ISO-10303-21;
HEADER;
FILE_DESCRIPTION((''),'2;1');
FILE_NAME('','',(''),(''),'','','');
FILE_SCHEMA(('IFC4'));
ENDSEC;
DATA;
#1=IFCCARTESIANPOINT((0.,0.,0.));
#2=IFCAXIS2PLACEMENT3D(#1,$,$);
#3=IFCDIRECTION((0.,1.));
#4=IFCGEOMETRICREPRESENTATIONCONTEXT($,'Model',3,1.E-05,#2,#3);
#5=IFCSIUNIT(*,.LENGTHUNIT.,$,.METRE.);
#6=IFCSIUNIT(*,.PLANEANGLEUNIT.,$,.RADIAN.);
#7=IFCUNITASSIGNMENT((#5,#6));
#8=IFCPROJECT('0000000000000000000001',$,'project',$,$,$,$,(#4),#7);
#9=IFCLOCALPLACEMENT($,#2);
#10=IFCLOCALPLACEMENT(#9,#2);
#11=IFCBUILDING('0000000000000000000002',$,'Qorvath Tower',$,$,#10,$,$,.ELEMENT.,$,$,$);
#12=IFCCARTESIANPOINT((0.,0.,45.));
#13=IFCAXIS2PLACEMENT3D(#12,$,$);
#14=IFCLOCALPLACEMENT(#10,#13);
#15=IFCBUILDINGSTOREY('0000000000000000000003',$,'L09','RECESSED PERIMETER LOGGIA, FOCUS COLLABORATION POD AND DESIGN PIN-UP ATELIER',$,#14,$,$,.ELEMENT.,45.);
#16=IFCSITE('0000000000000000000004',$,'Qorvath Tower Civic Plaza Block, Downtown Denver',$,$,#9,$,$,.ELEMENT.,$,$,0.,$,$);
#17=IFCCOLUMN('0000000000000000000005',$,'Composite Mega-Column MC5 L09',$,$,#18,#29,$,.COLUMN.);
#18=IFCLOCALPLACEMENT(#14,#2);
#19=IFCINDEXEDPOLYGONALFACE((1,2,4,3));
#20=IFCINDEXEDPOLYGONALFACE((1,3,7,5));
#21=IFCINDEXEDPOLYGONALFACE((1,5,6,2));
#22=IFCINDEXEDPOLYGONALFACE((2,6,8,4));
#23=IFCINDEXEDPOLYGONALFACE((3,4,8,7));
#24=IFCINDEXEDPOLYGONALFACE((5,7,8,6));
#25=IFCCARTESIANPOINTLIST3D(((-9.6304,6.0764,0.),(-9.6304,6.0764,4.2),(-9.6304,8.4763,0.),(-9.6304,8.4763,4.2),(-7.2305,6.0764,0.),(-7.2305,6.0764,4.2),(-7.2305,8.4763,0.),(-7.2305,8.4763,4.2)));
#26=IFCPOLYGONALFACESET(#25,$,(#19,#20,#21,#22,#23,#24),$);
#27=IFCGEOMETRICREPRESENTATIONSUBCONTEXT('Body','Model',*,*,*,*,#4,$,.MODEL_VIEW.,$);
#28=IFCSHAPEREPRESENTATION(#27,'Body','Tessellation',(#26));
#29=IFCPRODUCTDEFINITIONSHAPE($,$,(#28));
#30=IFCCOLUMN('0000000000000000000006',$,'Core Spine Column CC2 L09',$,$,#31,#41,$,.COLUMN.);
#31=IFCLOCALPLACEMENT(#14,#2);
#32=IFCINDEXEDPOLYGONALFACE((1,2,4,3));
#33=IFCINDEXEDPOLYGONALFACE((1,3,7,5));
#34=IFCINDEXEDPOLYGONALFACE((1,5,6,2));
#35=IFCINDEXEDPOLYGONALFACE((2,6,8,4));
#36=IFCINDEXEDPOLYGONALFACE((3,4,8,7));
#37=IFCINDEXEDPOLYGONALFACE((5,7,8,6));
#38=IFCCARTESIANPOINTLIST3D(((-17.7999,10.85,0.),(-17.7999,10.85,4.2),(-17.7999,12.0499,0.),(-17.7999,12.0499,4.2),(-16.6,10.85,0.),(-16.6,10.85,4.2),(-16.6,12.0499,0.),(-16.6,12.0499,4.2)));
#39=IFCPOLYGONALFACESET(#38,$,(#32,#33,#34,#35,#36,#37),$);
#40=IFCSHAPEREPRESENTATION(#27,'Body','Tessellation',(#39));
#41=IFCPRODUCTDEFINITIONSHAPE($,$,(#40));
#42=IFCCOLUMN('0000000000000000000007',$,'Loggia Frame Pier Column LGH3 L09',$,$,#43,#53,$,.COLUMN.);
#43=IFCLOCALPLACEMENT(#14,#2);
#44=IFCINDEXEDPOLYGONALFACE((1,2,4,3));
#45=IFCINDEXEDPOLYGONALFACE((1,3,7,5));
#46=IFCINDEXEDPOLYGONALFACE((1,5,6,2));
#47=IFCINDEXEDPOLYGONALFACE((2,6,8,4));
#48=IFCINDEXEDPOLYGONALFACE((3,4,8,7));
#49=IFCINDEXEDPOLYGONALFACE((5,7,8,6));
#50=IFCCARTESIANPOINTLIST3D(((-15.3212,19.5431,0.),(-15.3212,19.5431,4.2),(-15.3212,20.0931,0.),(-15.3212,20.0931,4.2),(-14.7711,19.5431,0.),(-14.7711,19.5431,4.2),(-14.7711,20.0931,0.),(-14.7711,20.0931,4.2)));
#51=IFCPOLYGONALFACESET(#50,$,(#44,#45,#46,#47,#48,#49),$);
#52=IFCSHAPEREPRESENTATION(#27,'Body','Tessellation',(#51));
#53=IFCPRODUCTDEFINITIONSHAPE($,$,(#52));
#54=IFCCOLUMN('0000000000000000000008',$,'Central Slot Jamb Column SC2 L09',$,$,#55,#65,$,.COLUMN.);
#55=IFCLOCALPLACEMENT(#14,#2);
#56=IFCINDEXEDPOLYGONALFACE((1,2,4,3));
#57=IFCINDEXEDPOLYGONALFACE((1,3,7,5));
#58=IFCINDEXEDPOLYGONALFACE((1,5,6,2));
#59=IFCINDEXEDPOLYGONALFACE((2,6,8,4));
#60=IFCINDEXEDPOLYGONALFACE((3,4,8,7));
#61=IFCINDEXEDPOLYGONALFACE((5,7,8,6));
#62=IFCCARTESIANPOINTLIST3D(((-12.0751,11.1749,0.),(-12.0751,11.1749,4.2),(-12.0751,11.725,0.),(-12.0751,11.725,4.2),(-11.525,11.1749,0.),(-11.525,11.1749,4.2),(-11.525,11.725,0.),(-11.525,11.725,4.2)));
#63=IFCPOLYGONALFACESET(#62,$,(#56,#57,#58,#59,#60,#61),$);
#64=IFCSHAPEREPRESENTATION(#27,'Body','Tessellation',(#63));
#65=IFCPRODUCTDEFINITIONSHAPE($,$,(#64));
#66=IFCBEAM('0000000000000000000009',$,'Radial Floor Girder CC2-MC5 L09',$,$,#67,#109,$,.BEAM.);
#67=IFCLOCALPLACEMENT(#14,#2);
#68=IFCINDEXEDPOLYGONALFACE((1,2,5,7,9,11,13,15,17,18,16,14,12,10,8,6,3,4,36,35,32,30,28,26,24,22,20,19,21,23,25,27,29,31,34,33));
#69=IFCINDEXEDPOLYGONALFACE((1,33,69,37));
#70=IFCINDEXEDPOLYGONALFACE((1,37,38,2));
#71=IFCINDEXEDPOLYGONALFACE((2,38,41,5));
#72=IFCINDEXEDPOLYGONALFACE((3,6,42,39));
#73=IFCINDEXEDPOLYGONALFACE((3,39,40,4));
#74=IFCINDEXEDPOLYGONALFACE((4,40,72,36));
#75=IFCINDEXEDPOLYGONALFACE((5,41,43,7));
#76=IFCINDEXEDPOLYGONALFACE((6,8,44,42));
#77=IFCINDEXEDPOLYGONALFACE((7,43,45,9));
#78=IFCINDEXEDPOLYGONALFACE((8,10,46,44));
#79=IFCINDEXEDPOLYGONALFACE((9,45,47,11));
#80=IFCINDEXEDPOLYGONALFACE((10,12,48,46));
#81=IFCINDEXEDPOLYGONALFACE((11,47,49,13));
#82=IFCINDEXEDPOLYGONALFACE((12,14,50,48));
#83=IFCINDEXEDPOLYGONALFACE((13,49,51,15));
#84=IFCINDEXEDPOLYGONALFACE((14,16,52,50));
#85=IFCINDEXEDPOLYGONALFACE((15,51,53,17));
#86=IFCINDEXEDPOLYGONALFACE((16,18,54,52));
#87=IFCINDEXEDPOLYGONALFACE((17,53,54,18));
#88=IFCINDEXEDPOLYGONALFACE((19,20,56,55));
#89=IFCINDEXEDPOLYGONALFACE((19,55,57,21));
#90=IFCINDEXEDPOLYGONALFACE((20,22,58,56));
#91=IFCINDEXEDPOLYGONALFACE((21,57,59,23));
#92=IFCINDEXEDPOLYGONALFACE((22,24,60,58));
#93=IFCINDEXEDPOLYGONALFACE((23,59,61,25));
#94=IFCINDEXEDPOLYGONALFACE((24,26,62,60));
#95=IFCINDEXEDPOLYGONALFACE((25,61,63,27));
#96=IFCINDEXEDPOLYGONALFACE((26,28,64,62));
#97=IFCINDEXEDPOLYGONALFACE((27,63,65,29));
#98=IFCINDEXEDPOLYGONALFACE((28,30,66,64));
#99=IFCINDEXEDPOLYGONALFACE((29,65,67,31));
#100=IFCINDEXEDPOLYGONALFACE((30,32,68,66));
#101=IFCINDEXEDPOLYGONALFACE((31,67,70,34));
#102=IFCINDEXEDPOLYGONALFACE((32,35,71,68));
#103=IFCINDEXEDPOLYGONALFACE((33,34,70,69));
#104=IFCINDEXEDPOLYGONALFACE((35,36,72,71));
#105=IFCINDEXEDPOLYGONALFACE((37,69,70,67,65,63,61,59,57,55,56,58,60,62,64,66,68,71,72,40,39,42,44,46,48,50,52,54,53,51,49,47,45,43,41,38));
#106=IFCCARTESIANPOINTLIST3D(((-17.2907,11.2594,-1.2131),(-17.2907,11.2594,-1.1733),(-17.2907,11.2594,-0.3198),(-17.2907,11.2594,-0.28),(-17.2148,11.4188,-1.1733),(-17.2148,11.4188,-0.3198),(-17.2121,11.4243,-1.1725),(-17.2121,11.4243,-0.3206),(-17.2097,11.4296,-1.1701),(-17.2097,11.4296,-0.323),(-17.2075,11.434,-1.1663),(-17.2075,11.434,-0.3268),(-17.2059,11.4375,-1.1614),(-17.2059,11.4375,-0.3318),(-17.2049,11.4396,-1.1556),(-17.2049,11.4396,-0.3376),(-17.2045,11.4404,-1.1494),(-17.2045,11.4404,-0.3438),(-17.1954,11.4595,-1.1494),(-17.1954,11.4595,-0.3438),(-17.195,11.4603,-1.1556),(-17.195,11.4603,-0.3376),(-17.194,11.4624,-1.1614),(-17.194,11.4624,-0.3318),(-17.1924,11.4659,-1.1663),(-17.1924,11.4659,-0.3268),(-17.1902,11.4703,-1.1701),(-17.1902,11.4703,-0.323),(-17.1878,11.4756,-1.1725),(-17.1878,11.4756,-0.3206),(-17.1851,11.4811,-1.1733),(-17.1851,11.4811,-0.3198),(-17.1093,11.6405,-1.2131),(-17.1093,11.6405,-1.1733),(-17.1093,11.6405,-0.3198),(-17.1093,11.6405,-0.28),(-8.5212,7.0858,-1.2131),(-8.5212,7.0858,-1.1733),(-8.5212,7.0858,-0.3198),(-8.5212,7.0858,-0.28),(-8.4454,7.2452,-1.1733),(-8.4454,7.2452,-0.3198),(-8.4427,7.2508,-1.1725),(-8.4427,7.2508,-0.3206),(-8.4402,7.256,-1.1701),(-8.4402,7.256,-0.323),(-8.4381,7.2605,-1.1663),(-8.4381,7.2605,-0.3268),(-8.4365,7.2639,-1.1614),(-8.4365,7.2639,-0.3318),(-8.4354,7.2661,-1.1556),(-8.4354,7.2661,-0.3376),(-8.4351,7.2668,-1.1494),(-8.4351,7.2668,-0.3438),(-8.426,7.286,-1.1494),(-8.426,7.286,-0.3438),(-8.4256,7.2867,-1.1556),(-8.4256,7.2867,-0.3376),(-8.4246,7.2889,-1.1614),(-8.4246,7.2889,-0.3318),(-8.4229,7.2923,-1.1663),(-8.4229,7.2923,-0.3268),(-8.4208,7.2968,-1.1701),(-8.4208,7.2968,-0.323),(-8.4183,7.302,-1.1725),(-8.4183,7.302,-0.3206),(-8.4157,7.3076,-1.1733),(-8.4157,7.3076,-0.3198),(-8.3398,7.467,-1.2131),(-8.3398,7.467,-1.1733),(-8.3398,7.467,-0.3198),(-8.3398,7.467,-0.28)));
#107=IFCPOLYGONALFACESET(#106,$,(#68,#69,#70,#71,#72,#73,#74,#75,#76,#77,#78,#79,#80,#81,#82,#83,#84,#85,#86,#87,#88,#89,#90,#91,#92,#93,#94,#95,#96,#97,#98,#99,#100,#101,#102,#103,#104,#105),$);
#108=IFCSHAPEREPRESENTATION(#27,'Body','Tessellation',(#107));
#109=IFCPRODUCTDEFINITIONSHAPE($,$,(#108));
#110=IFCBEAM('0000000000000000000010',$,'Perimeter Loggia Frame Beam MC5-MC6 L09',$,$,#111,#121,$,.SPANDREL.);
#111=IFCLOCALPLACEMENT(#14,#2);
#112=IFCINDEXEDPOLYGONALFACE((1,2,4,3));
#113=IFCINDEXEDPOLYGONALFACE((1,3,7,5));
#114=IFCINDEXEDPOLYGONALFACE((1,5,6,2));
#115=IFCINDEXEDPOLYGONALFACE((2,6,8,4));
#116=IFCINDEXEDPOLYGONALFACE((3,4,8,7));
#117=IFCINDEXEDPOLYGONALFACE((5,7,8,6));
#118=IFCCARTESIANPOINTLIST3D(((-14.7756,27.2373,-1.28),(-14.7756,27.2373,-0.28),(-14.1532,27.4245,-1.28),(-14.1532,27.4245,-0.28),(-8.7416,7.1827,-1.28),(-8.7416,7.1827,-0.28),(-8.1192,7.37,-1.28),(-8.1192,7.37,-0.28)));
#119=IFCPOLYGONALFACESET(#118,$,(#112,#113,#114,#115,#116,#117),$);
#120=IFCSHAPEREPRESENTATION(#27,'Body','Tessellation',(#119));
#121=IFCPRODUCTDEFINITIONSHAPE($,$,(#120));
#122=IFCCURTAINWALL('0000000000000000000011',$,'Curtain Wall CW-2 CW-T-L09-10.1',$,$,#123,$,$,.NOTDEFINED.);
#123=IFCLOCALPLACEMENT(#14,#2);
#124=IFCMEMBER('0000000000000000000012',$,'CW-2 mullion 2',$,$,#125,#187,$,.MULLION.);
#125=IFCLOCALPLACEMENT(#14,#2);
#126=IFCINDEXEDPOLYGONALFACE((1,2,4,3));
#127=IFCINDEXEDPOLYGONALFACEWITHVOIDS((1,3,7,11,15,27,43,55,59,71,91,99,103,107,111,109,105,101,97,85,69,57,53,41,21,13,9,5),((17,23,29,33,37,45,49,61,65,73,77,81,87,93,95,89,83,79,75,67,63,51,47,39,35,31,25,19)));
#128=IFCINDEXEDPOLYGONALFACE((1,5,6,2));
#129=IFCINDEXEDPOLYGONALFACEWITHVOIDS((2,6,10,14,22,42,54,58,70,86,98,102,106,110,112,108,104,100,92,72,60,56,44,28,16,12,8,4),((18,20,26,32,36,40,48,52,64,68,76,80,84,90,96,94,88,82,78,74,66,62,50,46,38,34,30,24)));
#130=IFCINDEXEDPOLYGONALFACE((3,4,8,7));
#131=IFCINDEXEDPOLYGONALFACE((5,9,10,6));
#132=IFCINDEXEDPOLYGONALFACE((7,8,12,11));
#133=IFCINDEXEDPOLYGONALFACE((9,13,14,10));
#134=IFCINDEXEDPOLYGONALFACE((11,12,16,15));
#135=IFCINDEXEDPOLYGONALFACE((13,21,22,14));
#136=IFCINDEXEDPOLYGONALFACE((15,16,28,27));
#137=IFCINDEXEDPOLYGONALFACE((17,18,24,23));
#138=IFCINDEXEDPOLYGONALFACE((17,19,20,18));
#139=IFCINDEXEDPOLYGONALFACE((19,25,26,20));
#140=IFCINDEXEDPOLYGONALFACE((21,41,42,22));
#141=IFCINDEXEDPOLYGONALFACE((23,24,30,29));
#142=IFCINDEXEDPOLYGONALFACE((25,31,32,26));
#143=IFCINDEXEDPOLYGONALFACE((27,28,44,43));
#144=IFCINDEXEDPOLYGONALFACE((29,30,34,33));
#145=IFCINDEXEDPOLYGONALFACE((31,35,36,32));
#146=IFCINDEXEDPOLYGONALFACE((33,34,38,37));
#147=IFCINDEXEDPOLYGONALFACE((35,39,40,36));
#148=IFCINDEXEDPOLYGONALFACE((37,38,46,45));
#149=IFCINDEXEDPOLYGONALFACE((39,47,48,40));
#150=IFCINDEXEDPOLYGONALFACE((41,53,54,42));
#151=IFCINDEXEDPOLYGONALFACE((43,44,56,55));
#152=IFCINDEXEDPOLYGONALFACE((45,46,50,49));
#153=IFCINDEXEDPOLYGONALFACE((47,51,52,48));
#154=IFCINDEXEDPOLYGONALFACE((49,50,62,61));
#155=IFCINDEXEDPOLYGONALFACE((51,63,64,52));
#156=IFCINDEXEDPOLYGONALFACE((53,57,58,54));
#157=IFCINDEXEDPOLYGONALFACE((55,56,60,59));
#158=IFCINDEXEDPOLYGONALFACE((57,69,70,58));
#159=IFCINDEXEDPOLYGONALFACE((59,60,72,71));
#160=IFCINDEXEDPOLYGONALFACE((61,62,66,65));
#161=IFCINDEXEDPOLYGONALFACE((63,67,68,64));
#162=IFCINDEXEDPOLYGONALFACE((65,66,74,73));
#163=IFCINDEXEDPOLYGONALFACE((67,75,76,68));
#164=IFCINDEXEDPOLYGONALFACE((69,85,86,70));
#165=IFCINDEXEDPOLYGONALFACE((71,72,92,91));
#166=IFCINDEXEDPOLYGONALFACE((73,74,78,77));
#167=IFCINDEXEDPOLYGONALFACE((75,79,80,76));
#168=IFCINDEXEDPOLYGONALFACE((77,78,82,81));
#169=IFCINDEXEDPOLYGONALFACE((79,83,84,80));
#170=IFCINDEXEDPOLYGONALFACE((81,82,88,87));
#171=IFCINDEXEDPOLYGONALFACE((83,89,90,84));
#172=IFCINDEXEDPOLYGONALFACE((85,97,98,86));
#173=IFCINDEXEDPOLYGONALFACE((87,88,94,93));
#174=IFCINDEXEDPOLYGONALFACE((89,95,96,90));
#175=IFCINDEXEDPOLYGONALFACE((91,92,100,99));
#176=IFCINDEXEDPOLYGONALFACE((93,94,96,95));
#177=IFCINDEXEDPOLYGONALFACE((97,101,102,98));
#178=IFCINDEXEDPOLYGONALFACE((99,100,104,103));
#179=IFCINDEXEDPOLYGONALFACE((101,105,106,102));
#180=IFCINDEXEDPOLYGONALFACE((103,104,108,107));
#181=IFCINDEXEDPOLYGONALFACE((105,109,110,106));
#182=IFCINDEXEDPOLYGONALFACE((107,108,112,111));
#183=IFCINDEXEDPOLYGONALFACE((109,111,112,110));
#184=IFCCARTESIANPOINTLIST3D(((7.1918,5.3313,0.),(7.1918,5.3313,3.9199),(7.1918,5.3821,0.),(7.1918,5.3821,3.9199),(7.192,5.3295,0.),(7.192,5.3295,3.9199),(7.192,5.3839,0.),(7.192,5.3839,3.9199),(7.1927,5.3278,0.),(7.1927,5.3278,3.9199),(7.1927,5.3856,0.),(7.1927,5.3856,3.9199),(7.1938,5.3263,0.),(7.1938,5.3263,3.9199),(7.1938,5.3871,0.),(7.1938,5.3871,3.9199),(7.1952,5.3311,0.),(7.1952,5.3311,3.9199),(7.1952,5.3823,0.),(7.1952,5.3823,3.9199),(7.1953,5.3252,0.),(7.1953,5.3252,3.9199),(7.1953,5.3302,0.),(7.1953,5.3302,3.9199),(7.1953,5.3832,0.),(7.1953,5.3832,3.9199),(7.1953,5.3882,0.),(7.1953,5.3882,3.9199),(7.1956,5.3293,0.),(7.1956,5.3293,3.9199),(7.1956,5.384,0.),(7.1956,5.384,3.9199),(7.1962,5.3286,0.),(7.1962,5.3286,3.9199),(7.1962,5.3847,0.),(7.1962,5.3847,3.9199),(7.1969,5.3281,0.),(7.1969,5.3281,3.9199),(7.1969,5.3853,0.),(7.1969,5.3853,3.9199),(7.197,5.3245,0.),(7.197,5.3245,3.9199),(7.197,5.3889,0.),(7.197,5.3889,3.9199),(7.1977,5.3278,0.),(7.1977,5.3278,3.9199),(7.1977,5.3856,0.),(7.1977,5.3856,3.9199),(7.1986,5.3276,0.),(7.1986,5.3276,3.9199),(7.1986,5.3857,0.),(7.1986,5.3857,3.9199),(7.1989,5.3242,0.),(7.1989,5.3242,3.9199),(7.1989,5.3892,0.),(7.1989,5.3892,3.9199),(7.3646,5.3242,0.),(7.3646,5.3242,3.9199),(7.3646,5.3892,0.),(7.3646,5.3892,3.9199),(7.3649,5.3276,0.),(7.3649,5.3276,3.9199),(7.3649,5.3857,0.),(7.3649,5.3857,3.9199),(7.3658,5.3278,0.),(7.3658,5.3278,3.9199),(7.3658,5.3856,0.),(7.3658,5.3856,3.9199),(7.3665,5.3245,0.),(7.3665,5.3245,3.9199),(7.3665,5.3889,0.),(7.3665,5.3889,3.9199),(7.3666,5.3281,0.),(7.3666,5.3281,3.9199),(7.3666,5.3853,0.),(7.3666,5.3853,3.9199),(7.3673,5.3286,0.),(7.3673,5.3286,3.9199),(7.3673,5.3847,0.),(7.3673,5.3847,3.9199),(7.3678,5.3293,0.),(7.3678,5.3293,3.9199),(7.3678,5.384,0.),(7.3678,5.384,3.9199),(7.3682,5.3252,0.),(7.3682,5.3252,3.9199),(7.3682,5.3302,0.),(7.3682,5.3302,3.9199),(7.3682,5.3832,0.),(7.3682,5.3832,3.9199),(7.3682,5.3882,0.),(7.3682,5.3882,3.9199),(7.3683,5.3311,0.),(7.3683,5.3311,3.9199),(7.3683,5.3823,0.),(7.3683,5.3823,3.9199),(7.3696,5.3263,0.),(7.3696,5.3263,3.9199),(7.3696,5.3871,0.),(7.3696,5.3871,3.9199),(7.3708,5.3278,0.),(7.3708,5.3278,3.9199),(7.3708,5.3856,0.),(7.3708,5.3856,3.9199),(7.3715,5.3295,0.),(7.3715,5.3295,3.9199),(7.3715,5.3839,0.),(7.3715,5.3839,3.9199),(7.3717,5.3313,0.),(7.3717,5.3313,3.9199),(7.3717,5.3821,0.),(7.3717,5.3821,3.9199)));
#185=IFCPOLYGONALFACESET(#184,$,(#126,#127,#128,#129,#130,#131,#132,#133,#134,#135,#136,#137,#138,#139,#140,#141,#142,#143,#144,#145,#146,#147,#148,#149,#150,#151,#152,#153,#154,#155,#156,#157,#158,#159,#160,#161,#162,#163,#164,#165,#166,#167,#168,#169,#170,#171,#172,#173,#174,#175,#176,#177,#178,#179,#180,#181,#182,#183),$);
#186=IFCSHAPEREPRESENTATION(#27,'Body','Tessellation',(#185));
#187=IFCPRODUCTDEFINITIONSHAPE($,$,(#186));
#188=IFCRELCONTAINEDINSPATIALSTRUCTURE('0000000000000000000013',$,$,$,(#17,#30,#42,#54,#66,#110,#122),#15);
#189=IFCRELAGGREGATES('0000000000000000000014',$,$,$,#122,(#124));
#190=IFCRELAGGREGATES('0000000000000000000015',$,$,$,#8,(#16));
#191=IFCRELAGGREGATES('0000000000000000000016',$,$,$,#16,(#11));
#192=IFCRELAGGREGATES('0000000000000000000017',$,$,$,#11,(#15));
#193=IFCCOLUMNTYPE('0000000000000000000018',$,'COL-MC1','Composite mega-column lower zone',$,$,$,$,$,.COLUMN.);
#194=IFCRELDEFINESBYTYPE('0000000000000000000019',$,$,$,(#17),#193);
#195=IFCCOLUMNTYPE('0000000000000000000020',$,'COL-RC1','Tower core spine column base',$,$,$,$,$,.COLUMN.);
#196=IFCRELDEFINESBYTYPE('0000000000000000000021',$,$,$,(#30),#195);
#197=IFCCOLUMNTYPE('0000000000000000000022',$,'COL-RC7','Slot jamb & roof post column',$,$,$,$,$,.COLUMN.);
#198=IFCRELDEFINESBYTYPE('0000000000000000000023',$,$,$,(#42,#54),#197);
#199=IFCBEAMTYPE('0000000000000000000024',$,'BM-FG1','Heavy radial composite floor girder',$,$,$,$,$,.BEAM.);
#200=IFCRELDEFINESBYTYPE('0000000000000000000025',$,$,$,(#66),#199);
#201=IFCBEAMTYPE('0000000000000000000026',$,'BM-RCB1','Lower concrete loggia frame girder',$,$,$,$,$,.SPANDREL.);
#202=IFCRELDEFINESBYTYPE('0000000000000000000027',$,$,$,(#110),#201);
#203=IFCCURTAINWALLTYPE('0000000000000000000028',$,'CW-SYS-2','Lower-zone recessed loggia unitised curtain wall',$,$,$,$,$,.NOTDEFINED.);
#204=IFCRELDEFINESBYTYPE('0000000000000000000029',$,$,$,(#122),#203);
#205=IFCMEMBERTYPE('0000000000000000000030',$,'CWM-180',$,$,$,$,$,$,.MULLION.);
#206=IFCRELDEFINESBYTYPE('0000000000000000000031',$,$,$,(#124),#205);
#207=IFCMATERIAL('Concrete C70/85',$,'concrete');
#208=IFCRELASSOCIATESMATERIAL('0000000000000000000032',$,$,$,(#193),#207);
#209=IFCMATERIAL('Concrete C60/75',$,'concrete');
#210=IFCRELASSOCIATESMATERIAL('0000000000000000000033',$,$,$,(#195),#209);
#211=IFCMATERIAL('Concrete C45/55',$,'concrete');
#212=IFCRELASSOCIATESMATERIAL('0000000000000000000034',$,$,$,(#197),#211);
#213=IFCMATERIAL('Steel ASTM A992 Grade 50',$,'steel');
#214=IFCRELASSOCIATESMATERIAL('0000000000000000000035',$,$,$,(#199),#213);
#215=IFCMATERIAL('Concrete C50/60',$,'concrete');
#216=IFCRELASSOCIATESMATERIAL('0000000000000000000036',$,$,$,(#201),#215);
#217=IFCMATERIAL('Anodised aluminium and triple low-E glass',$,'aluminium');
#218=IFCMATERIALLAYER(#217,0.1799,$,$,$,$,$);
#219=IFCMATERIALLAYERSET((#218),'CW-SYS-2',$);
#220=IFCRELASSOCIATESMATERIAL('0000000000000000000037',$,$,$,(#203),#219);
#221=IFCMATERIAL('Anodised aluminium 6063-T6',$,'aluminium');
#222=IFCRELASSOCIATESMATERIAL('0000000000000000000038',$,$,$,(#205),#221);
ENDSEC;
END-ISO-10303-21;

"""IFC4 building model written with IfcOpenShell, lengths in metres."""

from ifc_helpers import new_model, si_unit, direction, frame, origin, origin_2d, place, context, subcontext, project, spatial, rectangle, hollow_rectangle, i_section, extrude, material, layer, layer_set, material_profile, profile_set, type_object, element, aggregate, save


model = new_model("IFC4")

# Units and contexts
model_context = context("Model", 3, precision=1e-05, world=origin(), true_north=direction((0.0, 1.0)))
body_context = subcontext(model_context, "Body", "Model", "MODEL_VIEW")
ifc_project = project(units=[si_unit("LENGTHUNIT", "METRE"), si_unit("PLANEANGLEUNIT", "RADIAN")], contexts=[model_context])

# Site, building, storey
site_placement = place(None, origin())
site = spatial("IfcSite", under=ifc_project, at=site_placement, Name="Qorvath Tower Civic Plaza Block, Downtown Denver", CompositionType="ELEMENT", RefElevation=0.0)
building_placement = place(site_placement, origin())
building = spatial("IfcBuilding", under=site, at=building_placement, Name="Qorvath Tower", CompositionType="ELEMENT")
storey_placement = place(building_placement, frame((0.0, 0.0, 45.0)))
storey = spatial("IfcBuildingStorey", under=building, at=storey_placement, Name="L09", Description="RECESSED PERIMETER LOGGIA, FOCUS COLLABORATION POD AND DESIGN PIN-UP ATELIER", CompositionType="ELEMENT", Elevation=45.0)

# Columns
ifc_material_1 = material(Name="Concrete C70/85", Category="concrete")
ifc_material_profile_1 = material_profile(ifc_material_1, rectangle(XDim=2.3999, YDim=2.3999, at=origin_2d()), Name="MC 2400x2400")
ifc_profile_set_1 = profile_set([ifc_material_profile_1], Name="Concrete C70/85")
column_type_1 = type_object("IfcColumnType", Name="COL-MC1", Description="Composite mega-column lower zone", PredefinedType="COLUMN", material=ifc_profile_set_1)
column_1_placement = place(storey_placement, frame((-8.4304, 7.2764, 0.0), z_axis=(0.0, 0.0, 1.0), x_axis=(1.0, 0.0, 0.0)))
element("IfcColumn", 1, at=column_1_placement, inside=storey, type_object=column_type_1, Name="Composite Mega-Column MC5 L09", PredefinedType="COLUMN", context=body_context, shape_type="SweptSolid", body=[
    extrude(rectangle(XDim=2.3999, YDim=2.3999, at=origin_2d()), origin(), (0.0, 0.0, 1.0), 4.2),
])
ifc_material_2 = material(Name="Concrete C60/75", Category="concrete")
ifc_material_profile_2 = material_profile(ifc_material_2, rectangle(XDim=1.2, YDim=1.2, at=origin_2d()), Name="RC 1200x1200")
ifc_profile_set_2 = profile_set([ifc_material_profile_2], Name="Concrete C60/75")
column_type_2 = type_object("IfcColumnType", Name="COL-RC1", Description="Tower core spine column base", PredefinedType="COLUMN", material=ifc_profile_set_2)
column_2_placement = place(storey_placement, frame((-17.2, 11.45, 0.0), z_axis=(0.0, 0.0, 1.0), x_axis=(1.0, 0.0, 0.0)))
element("IfcColumn", 2, at=column_2_placement, inside=storey, type_object=column_type_2, Name="Core Spine Column CC2 L09", PredefinedType="COLUMN", context=body_context, shape_type="SweptSolid", body=[
    extrude(rectangle(XDim=1.2, YDim=1.2, at=origin_2d()), origin(), (0.0, 0.0, 1.0), 4.2),
])
ifc_material_3 = material(Name="Concrete C45/55", Category="concrete")
ifc_material_profile_3 = material_profile(ifc_material_3, rectangle(XDim=0.55, YDim=0.55, at=origin_2d()), Name="RC 550x550")
ifc_profile_set_3 = profile_set([ifc_material_profile_3], Name="Concrete C45/55")
column_type_3 = type_object("IfcColumnType", Name="COL-RC7", Description="Slot jamb & roof post column", PredefinedType="COLUMN", material=ifc_profile_set_3)
for number, where, z_axis, x_axis, name in (
    (3, (-15.0461, 19.8181, 0.0), (0.0, 0.0, 1.0), (1.0, 0.0, 0.0), "Loggia Frame Pier Column LGH3 L09"),
    (4, (-11.8, 11.45, 0.0), (0.0, 0.0, 1.0), (1.0, 0.0, 0.0), "Central Slot Jamb Column SC2 L09"),
):
    element("IfcColumn", number, at=place(storey_placement, frame(where, z_axis=z_axis, x_axis=x_axis)), inside=storey, type_object=column_type_3, Name=name, PredefinedType="COLUMN", context=body_context, shape_type="SweptSolid", body=[
        extrude(rectangle(XDim=0.55, YDim=0.55, at=origin_2d()), origin(), (0.0, 0.0, 1.0), 4.2),
    ])

# Beams
ifc_material_4 = material(Name="Steel ASTM A992 Grade 50", Category="steel")
ifc_material_profile_4 = material_profile(ifc_material_4, i_section(OverallWidth=0.4221, OverallDepth=0.9331, WebThickness=0.0212, FlangeThickness=0.0398, FilletRadius=0.0239, at=origin_2d()), Name="W36x262")
ifc_profile_set_4 = profile_set([ifc_material_profile_4], Name="Steel ASTM A992 Grade 50")
beam_type_1 = type_object("IfcBeamType", Name="BM-FG1", Description="Heavy radial composite floor girder", PredefinedType="BEAM", material=ifc_profile_set_4)
beam_1_placement = place(storey_placement, frame((-17.2, 11.45, -0.7466), z_axis=(0.902956, -0.429734, 0.0), x_axis=(0.429734, 0.902956, 0.0)))
element("IfcBeam", 5, at=beam_1_placement, inside=storey, type_object=beam_type_1, Name="Radial Floor Girder CC2-MC5 L09", PredefinedType="BEAM", context=body_context, shape_type="SweptSolid", body=[
    extrude(i_section(OverallWidth=0.4221, OverallDepth=0.9331, WebThickness=0.0212, FlangeThickness=0.0398, FilletRadius=0.0239, at=origin_2d()), origin(), (0.0, 0.0, 1.0), 9.7119),
])
ifc_material_5 = material(Name="Concrete C50/60", Category="concrete")
ifc_material_profile_5 = material_profile(ifc_material_5, rectangle(XDim=0.6499, YDim=1.0, at=origin_2d()), Name="RCB 1000x650")
ifc_profile_set_5 = profile_set([ifc_material_profile_5], Name="Concrete C50/60")
beam_type_2 = type_object("IfcBeamType", Name="BM-RCB1", Description="Lower concrete loggia frame girder", PredefinedType="SPANDREL", material=ifc_profile_set_5)
beam_2_placement = place(storey_placement, frame((-8.4304, 7.2764, -0.78), z_axis=(-0.288119, 0.957595, 0.0), x_axis=(-0.957595, -0.288119, 0.0)))
element("IfcBeam", 6, at=beam_2_placement, inside=storey, type_object=beam_type_2, Name="Perimeter Loggia Frame Beam MC5-MC6 L09", PredefinedType="SPANDREL", context=body_context, shape_type="SweptSolid", body=[
    extrude(rectangle(XDim=0.6499, YDim=1.0, at=origin_2d()), origin(), (0.0, 0.0, 1.0), 20.9426),
])

# Curtain wall, member
ifc_material_6 = material(Name="Anodised aluminium and triple low-E glass", Category="aluminium")
ifc_layer_1 = layer(ifc_material_6, 0.1799)
ifc_layer_set_1 = layer_set([ifc_layer_1], Name="CW-SYS-2")
curtain_wall_type = type_object("IfcCurtainWallType", Name="CW-SYS-2", Description="Lower-zone recessed loggia unitised curtain wall", PredefinedType="NOTDEFINED", material=ifc_layer_set_1)
curtain_wall_1_placement = place(storey_placement, origin())
curtain_wall_1 = element("IfcCurtainWall", 7, at=curtain_wall_1_placement, inside=storey, type_object=curtain_wall_type, Name="Curtain Wall CW-2 CW-T-L09-10.1", PredefinedType="NOTDEFINED")
ifc_material_7 = material(Name="Anodised aluminium 6063-T6", Category="aluminium")
ifc_material_profile_6 = material_profile(ifc_material_7, hollow_rectangle(XDim=0.0649, YDim=0.1799, WallThickness=0.0034, InnerFilletRadius=0.0034, OuterFilletRadius=0.0071, at=origin_2d()), Name="CWM 180x65")
ifc_profile_set_6 = profile_set([ifc_material_profile_6], Name="Anodised aluminium 6063-T6")
member_type_1 = type_object("IfcMemberType", Name="CWM-180", PredefinedType="MULLION", material=ifc_profile_set_6)
member_1_placement = place(storey_placement, frame((7.2817, 5.3567, 0.0), z_axis=(0.0, 0.0, 1.0), x_axis=(0.0, 1.0, 0.0)))
member_1 = element("IfcMember", 8, at=member_1_placement, type_object=member_type_1, Name="CW-2 mullion 2", PredefinedType="MULLION", context=body_context, shape_type="SweptSolid", body=[
    extrude(hollow_rectangle(XDim=0.0649, YDim=0.1799, WallThickness=0.0034, InnerFilletRadius=0.0034, OuterFilletRadius=0.0071, at=origin_2d()), origin(), (0.0, 0.0, 1.0), 3.9199),
])

aggregate(curtain_wall_1, [member_1])

save(model, "model.ifc")
